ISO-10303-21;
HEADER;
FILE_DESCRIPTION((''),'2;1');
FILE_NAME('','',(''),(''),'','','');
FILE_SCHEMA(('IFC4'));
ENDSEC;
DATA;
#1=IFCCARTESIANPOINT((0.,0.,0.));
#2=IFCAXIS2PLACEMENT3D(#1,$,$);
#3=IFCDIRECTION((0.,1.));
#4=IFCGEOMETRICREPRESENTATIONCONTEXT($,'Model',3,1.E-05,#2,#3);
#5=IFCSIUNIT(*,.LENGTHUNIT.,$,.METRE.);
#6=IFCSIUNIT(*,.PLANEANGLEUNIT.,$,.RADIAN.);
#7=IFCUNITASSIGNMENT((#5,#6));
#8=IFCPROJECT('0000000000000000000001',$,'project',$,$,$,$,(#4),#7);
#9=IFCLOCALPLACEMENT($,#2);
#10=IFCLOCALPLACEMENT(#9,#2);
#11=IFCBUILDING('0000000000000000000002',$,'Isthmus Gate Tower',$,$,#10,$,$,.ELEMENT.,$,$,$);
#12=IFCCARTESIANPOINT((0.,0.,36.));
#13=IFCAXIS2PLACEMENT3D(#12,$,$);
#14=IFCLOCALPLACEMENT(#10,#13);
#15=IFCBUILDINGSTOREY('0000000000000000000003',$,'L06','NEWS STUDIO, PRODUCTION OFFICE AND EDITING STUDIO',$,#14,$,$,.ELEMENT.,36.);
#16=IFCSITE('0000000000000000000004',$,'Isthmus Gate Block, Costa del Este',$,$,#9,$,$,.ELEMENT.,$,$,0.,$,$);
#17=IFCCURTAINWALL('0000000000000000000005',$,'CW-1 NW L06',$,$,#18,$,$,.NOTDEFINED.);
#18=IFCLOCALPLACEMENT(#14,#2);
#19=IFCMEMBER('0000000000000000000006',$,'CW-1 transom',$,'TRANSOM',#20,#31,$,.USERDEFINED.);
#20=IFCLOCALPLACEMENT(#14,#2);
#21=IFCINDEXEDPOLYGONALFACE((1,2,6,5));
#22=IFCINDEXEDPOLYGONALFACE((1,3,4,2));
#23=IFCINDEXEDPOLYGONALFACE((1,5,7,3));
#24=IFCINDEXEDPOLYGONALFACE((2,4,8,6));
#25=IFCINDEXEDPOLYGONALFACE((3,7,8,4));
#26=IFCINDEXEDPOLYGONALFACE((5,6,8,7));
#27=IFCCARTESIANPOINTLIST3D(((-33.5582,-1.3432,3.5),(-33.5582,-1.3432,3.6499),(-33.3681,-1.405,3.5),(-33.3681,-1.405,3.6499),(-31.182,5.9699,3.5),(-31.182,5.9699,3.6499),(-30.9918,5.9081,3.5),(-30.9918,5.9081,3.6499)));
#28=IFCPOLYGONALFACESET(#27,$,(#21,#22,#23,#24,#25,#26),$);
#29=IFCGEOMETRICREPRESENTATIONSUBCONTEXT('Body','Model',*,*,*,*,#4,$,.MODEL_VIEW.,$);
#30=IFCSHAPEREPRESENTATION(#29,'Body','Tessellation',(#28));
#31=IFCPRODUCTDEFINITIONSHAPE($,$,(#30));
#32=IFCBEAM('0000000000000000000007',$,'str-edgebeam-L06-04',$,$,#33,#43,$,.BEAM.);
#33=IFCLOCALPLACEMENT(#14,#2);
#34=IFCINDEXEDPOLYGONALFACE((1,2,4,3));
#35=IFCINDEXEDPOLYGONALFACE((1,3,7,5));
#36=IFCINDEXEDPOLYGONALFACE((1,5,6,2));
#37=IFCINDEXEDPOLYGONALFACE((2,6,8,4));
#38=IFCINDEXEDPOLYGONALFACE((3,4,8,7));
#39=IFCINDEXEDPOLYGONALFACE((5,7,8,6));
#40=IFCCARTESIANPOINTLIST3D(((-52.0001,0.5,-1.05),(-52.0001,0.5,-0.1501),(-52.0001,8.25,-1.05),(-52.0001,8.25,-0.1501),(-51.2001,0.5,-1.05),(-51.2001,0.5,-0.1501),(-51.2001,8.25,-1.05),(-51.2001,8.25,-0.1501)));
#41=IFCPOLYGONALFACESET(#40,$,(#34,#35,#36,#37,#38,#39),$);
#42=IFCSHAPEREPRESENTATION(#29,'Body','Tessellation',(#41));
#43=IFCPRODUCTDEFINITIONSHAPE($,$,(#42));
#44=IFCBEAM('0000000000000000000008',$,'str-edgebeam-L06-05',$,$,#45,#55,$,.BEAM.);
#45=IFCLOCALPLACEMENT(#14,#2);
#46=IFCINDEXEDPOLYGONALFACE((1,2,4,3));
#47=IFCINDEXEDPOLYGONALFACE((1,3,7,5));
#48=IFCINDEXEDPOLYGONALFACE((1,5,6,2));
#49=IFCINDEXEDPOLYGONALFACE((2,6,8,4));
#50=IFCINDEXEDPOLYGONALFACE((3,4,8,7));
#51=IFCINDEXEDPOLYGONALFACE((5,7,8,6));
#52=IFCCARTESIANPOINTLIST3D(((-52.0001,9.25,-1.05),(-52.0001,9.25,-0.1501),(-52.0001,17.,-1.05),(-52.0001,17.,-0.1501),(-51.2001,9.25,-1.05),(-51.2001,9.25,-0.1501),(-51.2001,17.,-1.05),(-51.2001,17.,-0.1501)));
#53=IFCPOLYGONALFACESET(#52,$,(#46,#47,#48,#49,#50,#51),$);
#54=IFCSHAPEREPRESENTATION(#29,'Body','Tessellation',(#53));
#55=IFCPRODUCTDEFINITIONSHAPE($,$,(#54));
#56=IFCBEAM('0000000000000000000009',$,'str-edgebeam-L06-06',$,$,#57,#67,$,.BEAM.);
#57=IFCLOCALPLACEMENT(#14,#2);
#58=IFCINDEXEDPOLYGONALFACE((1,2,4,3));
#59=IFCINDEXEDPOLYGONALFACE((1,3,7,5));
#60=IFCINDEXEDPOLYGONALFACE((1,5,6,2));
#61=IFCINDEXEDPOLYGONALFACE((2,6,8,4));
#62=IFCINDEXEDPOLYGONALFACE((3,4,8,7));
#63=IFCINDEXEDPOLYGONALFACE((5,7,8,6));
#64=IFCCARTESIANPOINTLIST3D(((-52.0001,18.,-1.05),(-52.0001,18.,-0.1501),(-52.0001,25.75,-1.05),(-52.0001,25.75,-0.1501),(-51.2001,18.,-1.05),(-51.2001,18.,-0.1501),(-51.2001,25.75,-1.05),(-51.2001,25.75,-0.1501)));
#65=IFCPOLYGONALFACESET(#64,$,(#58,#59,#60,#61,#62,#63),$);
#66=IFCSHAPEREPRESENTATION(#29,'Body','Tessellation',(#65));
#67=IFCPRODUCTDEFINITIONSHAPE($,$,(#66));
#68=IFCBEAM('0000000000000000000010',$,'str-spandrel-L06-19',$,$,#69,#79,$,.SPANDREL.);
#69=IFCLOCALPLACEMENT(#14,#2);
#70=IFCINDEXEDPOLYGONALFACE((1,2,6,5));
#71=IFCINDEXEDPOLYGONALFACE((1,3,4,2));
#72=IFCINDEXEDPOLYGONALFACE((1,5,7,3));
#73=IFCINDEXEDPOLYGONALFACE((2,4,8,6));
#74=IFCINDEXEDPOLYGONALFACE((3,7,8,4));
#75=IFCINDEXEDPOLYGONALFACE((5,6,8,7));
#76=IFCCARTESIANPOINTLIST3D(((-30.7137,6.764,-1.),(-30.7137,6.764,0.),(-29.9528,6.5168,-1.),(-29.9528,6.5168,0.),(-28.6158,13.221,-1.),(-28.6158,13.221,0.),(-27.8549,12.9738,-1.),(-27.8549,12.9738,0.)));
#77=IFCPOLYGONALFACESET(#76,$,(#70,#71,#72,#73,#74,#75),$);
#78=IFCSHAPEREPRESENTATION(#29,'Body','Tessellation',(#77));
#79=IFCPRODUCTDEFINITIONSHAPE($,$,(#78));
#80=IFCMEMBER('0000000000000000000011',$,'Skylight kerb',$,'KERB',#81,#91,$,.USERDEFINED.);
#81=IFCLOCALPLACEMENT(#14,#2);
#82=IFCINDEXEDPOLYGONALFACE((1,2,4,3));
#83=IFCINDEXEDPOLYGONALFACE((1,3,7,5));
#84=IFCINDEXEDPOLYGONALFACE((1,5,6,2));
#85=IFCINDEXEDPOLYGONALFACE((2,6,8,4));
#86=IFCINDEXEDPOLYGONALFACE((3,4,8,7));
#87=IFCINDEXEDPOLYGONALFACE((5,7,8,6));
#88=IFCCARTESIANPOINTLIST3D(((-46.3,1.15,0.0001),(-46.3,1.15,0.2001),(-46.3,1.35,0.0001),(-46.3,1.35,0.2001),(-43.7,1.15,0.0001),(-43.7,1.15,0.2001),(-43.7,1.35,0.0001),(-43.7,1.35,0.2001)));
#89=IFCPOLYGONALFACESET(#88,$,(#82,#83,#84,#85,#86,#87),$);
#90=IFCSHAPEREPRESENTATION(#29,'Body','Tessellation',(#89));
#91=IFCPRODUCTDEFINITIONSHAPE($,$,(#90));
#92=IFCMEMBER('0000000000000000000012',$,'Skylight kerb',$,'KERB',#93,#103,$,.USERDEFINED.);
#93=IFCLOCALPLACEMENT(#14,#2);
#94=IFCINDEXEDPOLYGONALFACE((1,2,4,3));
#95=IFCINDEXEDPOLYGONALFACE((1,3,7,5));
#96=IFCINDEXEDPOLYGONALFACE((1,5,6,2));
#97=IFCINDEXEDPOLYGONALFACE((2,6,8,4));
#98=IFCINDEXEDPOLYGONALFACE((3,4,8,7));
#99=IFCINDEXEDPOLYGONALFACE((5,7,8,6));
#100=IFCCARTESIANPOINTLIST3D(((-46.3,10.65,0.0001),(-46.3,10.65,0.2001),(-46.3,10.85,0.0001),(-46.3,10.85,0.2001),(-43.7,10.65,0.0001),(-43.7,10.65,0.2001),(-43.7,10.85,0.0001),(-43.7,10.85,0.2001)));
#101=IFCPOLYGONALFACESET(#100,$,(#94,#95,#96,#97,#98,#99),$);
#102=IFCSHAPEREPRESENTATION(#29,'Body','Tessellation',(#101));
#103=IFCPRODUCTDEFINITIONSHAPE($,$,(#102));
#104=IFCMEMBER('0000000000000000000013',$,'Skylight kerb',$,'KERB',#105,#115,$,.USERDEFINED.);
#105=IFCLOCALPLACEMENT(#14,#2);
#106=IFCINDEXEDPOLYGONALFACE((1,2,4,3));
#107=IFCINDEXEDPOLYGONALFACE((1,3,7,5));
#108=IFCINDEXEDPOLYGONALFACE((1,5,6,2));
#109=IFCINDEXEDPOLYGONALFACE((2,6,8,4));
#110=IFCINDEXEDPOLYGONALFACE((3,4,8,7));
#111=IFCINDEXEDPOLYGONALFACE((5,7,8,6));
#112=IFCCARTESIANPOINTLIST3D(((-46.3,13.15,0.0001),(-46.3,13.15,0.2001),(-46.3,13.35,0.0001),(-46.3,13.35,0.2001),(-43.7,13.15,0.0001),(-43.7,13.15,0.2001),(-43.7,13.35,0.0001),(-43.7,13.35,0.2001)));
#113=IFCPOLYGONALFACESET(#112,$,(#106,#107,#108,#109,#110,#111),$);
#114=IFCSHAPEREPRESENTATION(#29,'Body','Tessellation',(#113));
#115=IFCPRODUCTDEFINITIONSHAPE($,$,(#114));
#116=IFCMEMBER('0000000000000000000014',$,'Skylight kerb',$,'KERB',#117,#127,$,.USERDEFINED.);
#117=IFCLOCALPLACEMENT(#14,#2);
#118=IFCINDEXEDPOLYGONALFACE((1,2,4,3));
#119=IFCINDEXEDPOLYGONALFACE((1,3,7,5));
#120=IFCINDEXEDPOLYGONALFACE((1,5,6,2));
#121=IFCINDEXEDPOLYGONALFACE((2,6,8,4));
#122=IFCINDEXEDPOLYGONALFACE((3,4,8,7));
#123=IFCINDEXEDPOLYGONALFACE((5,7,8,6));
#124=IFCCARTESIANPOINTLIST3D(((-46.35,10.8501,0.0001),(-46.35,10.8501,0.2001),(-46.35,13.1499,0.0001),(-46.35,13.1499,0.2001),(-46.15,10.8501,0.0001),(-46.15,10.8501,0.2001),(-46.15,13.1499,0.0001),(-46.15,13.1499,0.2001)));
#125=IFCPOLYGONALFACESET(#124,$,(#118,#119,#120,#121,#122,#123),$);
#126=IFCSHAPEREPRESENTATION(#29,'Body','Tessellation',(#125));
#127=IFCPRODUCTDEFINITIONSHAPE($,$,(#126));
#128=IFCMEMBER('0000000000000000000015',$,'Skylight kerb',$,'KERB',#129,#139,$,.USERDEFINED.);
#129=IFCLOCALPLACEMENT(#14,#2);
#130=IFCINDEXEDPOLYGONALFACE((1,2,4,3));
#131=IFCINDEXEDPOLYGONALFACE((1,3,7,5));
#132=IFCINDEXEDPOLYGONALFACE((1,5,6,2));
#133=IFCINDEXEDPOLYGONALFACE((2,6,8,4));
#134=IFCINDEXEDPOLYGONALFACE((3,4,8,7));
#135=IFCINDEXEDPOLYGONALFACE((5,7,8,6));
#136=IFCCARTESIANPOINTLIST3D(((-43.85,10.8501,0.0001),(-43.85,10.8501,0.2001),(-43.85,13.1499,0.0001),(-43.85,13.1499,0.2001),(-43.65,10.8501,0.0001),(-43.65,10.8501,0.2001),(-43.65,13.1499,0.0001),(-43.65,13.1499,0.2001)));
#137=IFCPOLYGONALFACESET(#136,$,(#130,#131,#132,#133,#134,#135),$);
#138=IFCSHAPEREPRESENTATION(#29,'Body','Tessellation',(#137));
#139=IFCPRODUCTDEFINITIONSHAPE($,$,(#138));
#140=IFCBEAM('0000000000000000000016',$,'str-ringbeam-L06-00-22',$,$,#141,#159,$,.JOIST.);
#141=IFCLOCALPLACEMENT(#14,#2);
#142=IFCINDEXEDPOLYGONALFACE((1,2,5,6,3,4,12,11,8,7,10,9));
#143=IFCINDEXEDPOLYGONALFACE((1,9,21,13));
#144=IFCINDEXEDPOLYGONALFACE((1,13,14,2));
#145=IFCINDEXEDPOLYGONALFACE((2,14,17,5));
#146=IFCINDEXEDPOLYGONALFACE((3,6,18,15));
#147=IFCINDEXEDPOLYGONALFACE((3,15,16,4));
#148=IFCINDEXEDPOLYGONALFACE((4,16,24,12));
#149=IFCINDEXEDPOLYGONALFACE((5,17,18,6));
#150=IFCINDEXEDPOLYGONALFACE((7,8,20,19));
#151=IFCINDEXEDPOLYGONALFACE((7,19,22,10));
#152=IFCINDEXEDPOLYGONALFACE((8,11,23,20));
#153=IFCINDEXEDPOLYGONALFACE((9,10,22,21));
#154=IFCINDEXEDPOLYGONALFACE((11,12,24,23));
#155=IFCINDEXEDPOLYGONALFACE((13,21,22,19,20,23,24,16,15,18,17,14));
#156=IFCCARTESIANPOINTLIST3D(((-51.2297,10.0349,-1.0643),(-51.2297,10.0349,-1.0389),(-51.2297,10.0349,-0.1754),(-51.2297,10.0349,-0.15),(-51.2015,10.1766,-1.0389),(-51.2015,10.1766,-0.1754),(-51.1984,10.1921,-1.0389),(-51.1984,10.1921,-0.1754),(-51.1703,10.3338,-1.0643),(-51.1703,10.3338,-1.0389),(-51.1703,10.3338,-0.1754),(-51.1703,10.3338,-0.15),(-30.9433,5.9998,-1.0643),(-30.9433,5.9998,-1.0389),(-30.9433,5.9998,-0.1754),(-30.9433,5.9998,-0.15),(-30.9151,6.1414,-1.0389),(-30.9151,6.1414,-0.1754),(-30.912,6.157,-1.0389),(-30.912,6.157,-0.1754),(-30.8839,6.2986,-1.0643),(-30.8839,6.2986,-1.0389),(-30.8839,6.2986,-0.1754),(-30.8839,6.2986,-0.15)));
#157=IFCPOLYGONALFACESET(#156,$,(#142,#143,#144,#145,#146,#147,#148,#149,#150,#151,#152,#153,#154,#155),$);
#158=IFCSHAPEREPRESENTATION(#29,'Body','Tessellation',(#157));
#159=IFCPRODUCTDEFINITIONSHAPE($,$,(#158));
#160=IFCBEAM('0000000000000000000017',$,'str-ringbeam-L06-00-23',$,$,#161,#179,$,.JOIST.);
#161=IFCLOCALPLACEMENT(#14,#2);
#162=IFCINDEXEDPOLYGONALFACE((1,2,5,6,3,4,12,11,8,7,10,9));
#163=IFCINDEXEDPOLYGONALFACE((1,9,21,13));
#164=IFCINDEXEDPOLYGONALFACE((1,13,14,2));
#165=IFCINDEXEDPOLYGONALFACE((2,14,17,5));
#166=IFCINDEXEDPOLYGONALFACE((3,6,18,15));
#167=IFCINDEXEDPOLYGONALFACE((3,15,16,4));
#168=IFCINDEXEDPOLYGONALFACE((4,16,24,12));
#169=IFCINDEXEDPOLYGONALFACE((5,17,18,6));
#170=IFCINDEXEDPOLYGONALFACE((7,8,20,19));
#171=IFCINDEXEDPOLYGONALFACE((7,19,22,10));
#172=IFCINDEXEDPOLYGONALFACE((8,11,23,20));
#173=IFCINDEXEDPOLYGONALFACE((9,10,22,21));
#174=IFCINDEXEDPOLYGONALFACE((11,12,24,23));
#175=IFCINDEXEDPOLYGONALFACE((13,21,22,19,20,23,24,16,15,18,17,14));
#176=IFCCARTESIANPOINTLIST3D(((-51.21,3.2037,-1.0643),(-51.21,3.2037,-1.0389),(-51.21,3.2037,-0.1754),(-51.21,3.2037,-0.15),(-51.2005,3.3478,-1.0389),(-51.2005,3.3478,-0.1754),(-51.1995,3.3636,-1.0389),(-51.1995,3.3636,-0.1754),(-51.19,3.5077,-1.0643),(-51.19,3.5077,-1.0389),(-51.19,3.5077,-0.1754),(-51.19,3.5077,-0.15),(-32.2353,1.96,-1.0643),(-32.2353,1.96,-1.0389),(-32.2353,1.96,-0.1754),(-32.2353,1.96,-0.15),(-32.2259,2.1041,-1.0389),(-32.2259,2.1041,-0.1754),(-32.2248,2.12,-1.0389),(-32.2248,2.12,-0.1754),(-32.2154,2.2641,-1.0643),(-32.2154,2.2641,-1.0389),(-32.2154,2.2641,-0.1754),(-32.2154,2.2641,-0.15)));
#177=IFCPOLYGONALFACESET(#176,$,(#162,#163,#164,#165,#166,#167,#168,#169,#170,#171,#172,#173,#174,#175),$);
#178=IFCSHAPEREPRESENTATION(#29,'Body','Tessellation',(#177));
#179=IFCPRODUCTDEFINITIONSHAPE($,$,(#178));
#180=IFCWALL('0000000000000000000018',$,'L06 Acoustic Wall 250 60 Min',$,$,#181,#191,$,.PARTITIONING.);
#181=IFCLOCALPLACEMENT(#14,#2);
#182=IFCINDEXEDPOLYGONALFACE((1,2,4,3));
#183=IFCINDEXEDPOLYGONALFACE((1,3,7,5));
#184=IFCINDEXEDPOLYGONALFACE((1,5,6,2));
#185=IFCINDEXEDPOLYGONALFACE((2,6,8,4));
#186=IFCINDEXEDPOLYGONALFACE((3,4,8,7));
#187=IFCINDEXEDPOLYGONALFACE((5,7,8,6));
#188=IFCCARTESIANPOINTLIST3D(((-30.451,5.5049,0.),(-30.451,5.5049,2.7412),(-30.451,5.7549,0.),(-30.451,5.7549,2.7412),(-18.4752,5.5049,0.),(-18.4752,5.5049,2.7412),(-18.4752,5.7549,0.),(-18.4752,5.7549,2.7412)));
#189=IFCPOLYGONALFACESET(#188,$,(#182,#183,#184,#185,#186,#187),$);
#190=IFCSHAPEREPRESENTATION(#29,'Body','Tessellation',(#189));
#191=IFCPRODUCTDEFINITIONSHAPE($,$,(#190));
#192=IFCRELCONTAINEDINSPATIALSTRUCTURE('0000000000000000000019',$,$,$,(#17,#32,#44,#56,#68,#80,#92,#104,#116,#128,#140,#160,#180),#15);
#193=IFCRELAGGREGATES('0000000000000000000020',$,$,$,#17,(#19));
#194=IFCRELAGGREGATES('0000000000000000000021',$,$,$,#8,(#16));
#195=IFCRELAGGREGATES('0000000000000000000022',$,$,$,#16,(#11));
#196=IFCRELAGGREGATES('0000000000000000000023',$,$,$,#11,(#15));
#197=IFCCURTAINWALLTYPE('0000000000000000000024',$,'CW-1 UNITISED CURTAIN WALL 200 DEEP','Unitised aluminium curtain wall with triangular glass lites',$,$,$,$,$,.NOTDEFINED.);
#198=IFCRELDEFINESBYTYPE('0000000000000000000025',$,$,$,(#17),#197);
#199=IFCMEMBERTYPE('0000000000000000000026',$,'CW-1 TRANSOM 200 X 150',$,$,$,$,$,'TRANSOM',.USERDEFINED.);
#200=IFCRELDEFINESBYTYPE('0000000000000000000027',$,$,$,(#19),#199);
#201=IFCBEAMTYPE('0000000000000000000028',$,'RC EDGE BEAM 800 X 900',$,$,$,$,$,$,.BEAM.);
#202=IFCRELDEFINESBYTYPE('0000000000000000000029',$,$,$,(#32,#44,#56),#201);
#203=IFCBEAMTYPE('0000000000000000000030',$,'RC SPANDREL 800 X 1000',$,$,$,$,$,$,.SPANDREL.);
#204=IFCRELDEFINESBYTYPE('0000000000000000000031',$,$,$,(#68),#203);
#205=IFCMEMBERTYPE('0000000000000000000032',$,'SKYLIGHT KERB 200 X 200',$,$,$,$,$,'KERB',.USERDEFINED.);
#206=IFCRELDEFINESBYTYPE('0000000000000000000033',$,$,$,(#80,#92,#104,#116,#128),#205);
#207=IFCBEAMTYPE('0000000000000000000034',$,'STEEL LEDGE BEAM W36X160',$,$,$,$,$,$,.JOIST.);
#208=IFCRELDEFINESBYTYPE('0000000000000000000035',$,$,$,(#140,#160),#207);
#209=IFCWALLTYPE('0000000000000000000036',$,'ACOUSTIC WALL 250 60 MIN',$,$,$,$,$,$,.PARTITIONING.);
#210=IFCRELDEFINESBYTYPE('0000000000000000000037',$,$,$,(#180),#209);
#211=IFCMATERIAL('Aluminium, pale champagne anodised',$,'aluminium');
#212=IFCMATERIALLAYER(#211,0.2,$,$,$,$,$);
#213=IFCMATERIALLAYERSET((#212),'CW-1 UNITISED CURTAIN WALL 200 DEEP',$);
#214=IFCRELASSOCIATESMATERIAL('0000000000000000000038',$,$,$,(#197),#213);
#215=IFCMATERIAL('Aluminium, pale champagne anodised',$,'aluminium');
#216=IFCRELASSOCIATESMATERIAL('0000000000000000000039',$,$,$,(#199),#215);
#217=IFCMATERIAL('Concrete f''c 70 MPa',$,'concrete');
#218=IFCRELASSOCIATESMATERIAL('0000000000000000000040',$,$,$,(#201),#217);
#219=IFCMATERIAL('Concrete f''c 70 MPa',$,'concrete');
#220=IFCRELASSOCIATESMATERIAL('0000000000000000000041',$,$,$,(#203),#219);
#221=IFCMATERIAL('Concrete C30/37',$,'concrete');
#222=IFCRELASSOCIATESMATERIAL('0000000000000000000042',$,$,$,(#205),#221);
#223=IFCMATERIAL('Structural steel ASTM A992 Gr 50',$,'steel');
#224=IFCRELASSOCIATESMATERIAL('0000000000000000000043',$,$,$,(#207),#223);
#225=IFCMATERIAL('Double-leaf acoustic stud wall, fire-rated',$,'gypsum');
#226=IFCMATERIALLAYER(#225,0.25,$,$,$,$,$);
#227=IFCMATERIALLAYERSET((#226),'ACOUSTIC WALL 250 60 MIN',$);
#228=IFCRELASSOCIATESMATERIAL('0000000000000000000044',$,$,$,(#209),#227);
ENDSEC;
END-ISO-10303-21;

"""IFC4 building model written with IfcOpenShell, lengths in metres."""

from ifc_helpers import new_model, si_unit, direction, frame, frame_2d, origin, origin_2d, place, context, subcontext, project, spatial, rectangle, i_section, extrude, material, layer, layer_set, material_profile, profile_set, type_object, element, aggregate, save


model = new_model("IFC4")

# Units and contexts
model_context = context("Model", 3, precision=1e-05, world=origin(), true_north=direction((0.0, 1.0)))
body_context = subcontext(model_context, "Body", "Model", "MODEL_VIEW")
ifc_project = project(units=[si_unit("LENGTHUNIT", "METRE"), si_unit("PLANEANGLEUNIT", "RADIAN")], contexts=[model_context])

# Site, building, storey
site_placement = place(None, origin())
site = spatial("IfcSite", under=ifc_project, at=site_placement, Name="Isthmus Gate Block, Costa del Este", CompositionType="ELEMENT", RefElevation=0.0)
building_placement = place(site_placement, origin())
building = spatial("IfcBuilding", under=site, at=building_placement, Name="Isthmus Gate Tower", CompositionType="ELEMENT")
storey_placement = place(building_placement, frame((0.0, 0.0, 36.0)))
storey = spatial("IfcBuildingStorey", under=building, at=storey_placement, Name="L06", Description="NEWS STUDIO, PRODUCTION OFFICE AND EDITING STUDIO", CompositionType="ELEMENT", Elevation=36.0)

# Curtain wall, member
ifc_material_1 = material(Name="Aluminium, pale champagne anodised", Category="aluminium")
ifc_layer_1 = layer(ifc_material_1, 0.2)
ifc_layer_set_1 = layer_set([ifc_layer_1], Name="CW-1 UNITISED CURTAIN WALL 200 DEEP")
curtain_wall_type = type_object("IfcCurtainWallType", Name="CW-1 UNITISED CURTAIN WALL 200 DEEP", Description="Unitised aluminium curtain wall with triangular glass lites", PredefinedType="NOTDEFINED", material=ifc_layer_set_1)
curtain_wall_placement = place(storey_placement, origin())
curtain_wall = element("IfcCurtainWall", 1, at=curtain_wall_placement, inside=storey, type_object=curtain_wall_type, Name="CW-1 NW L06", PredefinedType="NOTDEFINED")
ifc_material_2 = material(Name="Aluminium, pale champagne anodised", Category="aluminium")
ifc_material_profile_1 = material_profile(ifc_material_2, rectangle(XDim=0.2, YDim=0.1499, at=origin_2d()), Name="200x150")
ifc_profile_set_1 = profile_set([ifc_material_profile_1], Name="Aluminium, pale champagne anodised")
member_type_1 = type_object("IfcMemberType", Name="CW-1 TRANSOM 200 X 150", ElementType="TRANSOM", PredefinedType="USERDEFINED", material=ifc_profile_set_1)
member_placement = place(storey_placement, frame((-31.0869, 5.939, 3.575), z_axis=(-0.309027, -0.951053, 0.0), x_axis=(0.951053, -0.309027, 0.0)))
member = element("IfcMember", 2, at=member_placement, type_object=member_type_1, Name="CW-1 transom", ObjectType="TRANSOM", PredefinedType="USERDEFINED", context=body_context, shape_type="SweptSolid", body=[
    extrude(rectangle(XDim=0.2, YDim=0.1499, at=origin_2d()), origin(), (0.0, 0.0, 1.0), 7.6895),
])

# Beams
ifc_material_3 = material(Name="Concrete f'c 70 MPa", Category="concrete")
ifc_material_profile_2 = material_profile(ifc_material_3, rectangle(XDim=0.8, YDim=0.8999, at=origin_2d()), Name="RC 800X900")
ifc_profile_set_2 = profile_set([ifc_material_profile_2], Name="Concrete f'c 70 MPa")
beam_type_1 = type_object("IfcBeamType", Name="RC EDGE BEAM 800 X 900", PredefinedType="BEAM", material=ifc_profile_set_2)
for number, where, z_axis, x_axis, name in (
    (3, (-51.6001, 0.5, -0.6001), (0.0, 1.0, 0.0), (-1.0, 0.0, 0.0), "str-edgebeam-L06-04"),
    (4, (-51.6001, 9.25, -0.6001), (0.0, 1.0, 0.0), (-1.0, 0.0, 0.0), "str-edgebeam-L06-05"),
    (5, (-51.6001, 18.0, -0.6001), (0.0, 1.0, 0.0), (-1.0, 0.0, 0.0), "str-edgebeam-L06-06"),
):
    element("IfcBeam", number, at=place(storey_placement, frame(where, z_axis=z_axis, x_axis=x_axis)), inside=storey, type_object=beam_type_1, Name=name, PredefinedType="BEAM", context=body_context, shape_type="SweptSolid", body=[
        extrude(rectangle(XDim=0.8, YDim=0.8999, at=origin_2d()), origin(), (0.0, 0.0, 1.0), 7.75),
    ])
ifc_material_4 = material(Name="Concrete f'c 70 MPa", Category="concrete")
ifc_material_profile_3 = material_profile(ifc_material_4, rectangle(XDim=0.8, YDim=1.0, at=origin_2d()), Name="RC 800X1000")
ifc_profile_set_3 = profile_set([ifc_material_profile_3], Name="Concrete f'c 70 MPa")
beam_type_2 = type_object("IfcBeamType", Name="RC SPANDREL 800 X 1000", PredefinedType="SPANDREL", material=ifc_profile_set_3)
beam_1_placement = place(storey_placement, frame((-30.3333, 6.6404, -0.5), z_axis=(0.309002, 0.951062, 0.0), x_axis=(-0.951062, 0.309002, 0.0)))
element("IfcBeam", 6, at=beam_1_placement, inside=storey, type_object=beam_type_2, Name="str-spandrel-L06-19", PredefinedType="SPANDREL", context=body_context, shape_type="SweptSolid", body=[
    extrude(rectangle(XDim=0.8, YDim=1.0, at=origin_2d()), origin(), (0.0, 0.0, 1.0), 6.7893),
])

# Members
ifc_material_5 = material(Name="Concrete C30/37", Category="concrete")
ifc_material_profile_4 = material_profile(ifc_material_5, rectangle(XDim=0.2, YDim=0.2, at=origin_2d()), Name="200x200")
ifc_profile_set_4 = profile_set([ifc_material_profile_4], Name="Concrete C30/37")
member_type_2 = type_object("IfcMemberType", Name="SKYLIGHT KERB 200 X 200", ElementType="KERB", PredefinedType="USERDEFINED", material=ifc_profile_set_4)
for number, where, z_axis, x_axis, name in (
    (7, (-46.3, 1.25, 0.1001), (1.0, 0.0, 0.0), (0.0, 1.0, 0.0), "Skylight kerb"),
    (8, (-46.3, 10.75, 0.1001), (1.0, 0.0, 0.0), (0.0, 1.0, 0.0), "Skylight kerb"),
    (9, (-46.3, 13.25, 0.1001), (1.0, 0.0, 0.0), (0.0, 1.0, 0.0), "Skylight kerb"),
):
    element("IfcMember", number, at=place(storey_placement, frame(where, z_axis=z_axis, x_axis=x_axis)), inside=storey, type_object=member_type_2, Name=name, ObjectType="KERB", PredefinedType="USERDEFINED", context=body_context, shape_type="SweptSolid", body=[
        extrude(rectangle(XDim=0.2, YDim=0.2, at=origin_2d()), origin(), (0.0, 0.0, 1.0), 2.6001),
    ])
for number, where, z_axis, x_axis, name in (
    (10, (-46.25, 10.8501, 0.1001), (0.0, 1.0, 0.0), (-1.0, 0.0, 0.0), "Skylight kerb"),
    (11, (-43.75, 10.8501, 0.1001), (0.0, 1.0, 0.0), (-1.0, 0.0, 0.0), "Skylight kerb"),
):
    element("IfcMember", number, at=place(storey_placement, frame(where, z_axis=z_axis, x_axis=x_axis)), inside=storey, type_object=member_type_2, Name=name, ObjectType="KERB", PredefinedType="USERDEFINED", context=body_context, shape_type="SweptSolid", body=[
        extrude(rectangle(XDim=0.2, YDim=0.2, at=origin_2d()), origin(), (0.0, 0.0, 1.0), 2.2998),
    ])

# Beams
ifc_material_6 = material(Name="Structural steel ASTM A992 Gr 50", Category="steel")
ifc_material_profile_5 = material_profile(ifc_material_6, i_section(OverallWidth=0.3047, OverallDepth=0.9143, WebThickness=0.0159, FlangeThickness=0.0254, at=origin_2d()), Name="W36X160")
ifc_profile_set_5 = profile_set([ifc_material_profile_5], Name="Structural steel ASTM A992 Gr 50")
beam_type_3 = type_object("IfcBeamType", Name="STEEL LEDGE BEAM W36X160", PredefinedType="JOIST", material=ifc_profile_set_5)
beam_2_placement = place(storey_placement, frame((-30.9136, 6.1492, -0.6072), z_axis=(-0.980786, 0.195088, 0.0), x_axis=(-0.195088, -0.980786, 0.0)))
element("IfcBeam", 12, at=beam_2_placement, inside=storey, type_object=beam_type_3, Name="str-ringbeam-L06-00-22", PredefinedType="JOIST", context=body_context, shape_type="SweptSolid", body=[
    extrude(i_section(OverallWidth=0.3047, OverallDepth=0.9143, WebThickness=0.0159, FlangeThickness=0.0254, at=origin_2d()), origin(), (0.0, 0.0, 1.0), 20.6838),
])
beam_3_placement = place(storey_placement, frame((-32.2253, 2.1121, -0.6072), z_axis=(-0.997859, 0.065403, 0.0), x_axis=(-0.065403, -0.997859, 0.0)))
element("IfcBeam", 13, at=beam_3_placement, inside=storey, type_object=beam_type_3, Name="str-ringbeam-L06-00-23", PredefinedType="JOIST", context=body_context, shape_type="SweptSolid", body=[
    extrude(i_section(OverallWidth=0.3047, OverallDepth=0.9143, WebThickness=0.0159, FlangeThickness=0.0254, at=origin_2d()), origin(), (0.0, 0.0, 1.0), 19.0154),
])

# Wall
ifc_material_7 = material(Name="Double-leaf acoustic stud wall, fire-rated", Category="gypsum")
ifc_layer_2 = layer(ifc_material_7, 0.25)
ifc_layer_set_2 = layer_set([ifc_layer_2], Name="ACOUSTIC WALL 250 60 MIN")
wall_type = type_object("IfcWallType", Name="ACOUSTIC WALL 250 60 MIN", PredefinedType="PARTITIONING", material=ifc_layer_set_2)
wall_placement = place(storey_placement, frame((-30.4509, 5.6299, 0.0), z_axis=(0.0, 0.0, 1.0), x_axis=(1.0, 0.0, 0.0)))
element("IfcWall", 14, at=wall_placement, inside=storey, type_object=wall_type, Name="L06 Acoustic Wall 250 60 Min", PredefinedType="PARTITIONING", context=body_context, shape_type="SweptSolid", body=[
    extrude(rectangle(XDim=11.9758, YDim=0.25, at=frame_2d((5.9878, 0.0))), origin(), (0.0, 0.0, 1.0), 2.7412),
])

aggregate(curtain_wall, [member])

save(model, "model.ifc")
